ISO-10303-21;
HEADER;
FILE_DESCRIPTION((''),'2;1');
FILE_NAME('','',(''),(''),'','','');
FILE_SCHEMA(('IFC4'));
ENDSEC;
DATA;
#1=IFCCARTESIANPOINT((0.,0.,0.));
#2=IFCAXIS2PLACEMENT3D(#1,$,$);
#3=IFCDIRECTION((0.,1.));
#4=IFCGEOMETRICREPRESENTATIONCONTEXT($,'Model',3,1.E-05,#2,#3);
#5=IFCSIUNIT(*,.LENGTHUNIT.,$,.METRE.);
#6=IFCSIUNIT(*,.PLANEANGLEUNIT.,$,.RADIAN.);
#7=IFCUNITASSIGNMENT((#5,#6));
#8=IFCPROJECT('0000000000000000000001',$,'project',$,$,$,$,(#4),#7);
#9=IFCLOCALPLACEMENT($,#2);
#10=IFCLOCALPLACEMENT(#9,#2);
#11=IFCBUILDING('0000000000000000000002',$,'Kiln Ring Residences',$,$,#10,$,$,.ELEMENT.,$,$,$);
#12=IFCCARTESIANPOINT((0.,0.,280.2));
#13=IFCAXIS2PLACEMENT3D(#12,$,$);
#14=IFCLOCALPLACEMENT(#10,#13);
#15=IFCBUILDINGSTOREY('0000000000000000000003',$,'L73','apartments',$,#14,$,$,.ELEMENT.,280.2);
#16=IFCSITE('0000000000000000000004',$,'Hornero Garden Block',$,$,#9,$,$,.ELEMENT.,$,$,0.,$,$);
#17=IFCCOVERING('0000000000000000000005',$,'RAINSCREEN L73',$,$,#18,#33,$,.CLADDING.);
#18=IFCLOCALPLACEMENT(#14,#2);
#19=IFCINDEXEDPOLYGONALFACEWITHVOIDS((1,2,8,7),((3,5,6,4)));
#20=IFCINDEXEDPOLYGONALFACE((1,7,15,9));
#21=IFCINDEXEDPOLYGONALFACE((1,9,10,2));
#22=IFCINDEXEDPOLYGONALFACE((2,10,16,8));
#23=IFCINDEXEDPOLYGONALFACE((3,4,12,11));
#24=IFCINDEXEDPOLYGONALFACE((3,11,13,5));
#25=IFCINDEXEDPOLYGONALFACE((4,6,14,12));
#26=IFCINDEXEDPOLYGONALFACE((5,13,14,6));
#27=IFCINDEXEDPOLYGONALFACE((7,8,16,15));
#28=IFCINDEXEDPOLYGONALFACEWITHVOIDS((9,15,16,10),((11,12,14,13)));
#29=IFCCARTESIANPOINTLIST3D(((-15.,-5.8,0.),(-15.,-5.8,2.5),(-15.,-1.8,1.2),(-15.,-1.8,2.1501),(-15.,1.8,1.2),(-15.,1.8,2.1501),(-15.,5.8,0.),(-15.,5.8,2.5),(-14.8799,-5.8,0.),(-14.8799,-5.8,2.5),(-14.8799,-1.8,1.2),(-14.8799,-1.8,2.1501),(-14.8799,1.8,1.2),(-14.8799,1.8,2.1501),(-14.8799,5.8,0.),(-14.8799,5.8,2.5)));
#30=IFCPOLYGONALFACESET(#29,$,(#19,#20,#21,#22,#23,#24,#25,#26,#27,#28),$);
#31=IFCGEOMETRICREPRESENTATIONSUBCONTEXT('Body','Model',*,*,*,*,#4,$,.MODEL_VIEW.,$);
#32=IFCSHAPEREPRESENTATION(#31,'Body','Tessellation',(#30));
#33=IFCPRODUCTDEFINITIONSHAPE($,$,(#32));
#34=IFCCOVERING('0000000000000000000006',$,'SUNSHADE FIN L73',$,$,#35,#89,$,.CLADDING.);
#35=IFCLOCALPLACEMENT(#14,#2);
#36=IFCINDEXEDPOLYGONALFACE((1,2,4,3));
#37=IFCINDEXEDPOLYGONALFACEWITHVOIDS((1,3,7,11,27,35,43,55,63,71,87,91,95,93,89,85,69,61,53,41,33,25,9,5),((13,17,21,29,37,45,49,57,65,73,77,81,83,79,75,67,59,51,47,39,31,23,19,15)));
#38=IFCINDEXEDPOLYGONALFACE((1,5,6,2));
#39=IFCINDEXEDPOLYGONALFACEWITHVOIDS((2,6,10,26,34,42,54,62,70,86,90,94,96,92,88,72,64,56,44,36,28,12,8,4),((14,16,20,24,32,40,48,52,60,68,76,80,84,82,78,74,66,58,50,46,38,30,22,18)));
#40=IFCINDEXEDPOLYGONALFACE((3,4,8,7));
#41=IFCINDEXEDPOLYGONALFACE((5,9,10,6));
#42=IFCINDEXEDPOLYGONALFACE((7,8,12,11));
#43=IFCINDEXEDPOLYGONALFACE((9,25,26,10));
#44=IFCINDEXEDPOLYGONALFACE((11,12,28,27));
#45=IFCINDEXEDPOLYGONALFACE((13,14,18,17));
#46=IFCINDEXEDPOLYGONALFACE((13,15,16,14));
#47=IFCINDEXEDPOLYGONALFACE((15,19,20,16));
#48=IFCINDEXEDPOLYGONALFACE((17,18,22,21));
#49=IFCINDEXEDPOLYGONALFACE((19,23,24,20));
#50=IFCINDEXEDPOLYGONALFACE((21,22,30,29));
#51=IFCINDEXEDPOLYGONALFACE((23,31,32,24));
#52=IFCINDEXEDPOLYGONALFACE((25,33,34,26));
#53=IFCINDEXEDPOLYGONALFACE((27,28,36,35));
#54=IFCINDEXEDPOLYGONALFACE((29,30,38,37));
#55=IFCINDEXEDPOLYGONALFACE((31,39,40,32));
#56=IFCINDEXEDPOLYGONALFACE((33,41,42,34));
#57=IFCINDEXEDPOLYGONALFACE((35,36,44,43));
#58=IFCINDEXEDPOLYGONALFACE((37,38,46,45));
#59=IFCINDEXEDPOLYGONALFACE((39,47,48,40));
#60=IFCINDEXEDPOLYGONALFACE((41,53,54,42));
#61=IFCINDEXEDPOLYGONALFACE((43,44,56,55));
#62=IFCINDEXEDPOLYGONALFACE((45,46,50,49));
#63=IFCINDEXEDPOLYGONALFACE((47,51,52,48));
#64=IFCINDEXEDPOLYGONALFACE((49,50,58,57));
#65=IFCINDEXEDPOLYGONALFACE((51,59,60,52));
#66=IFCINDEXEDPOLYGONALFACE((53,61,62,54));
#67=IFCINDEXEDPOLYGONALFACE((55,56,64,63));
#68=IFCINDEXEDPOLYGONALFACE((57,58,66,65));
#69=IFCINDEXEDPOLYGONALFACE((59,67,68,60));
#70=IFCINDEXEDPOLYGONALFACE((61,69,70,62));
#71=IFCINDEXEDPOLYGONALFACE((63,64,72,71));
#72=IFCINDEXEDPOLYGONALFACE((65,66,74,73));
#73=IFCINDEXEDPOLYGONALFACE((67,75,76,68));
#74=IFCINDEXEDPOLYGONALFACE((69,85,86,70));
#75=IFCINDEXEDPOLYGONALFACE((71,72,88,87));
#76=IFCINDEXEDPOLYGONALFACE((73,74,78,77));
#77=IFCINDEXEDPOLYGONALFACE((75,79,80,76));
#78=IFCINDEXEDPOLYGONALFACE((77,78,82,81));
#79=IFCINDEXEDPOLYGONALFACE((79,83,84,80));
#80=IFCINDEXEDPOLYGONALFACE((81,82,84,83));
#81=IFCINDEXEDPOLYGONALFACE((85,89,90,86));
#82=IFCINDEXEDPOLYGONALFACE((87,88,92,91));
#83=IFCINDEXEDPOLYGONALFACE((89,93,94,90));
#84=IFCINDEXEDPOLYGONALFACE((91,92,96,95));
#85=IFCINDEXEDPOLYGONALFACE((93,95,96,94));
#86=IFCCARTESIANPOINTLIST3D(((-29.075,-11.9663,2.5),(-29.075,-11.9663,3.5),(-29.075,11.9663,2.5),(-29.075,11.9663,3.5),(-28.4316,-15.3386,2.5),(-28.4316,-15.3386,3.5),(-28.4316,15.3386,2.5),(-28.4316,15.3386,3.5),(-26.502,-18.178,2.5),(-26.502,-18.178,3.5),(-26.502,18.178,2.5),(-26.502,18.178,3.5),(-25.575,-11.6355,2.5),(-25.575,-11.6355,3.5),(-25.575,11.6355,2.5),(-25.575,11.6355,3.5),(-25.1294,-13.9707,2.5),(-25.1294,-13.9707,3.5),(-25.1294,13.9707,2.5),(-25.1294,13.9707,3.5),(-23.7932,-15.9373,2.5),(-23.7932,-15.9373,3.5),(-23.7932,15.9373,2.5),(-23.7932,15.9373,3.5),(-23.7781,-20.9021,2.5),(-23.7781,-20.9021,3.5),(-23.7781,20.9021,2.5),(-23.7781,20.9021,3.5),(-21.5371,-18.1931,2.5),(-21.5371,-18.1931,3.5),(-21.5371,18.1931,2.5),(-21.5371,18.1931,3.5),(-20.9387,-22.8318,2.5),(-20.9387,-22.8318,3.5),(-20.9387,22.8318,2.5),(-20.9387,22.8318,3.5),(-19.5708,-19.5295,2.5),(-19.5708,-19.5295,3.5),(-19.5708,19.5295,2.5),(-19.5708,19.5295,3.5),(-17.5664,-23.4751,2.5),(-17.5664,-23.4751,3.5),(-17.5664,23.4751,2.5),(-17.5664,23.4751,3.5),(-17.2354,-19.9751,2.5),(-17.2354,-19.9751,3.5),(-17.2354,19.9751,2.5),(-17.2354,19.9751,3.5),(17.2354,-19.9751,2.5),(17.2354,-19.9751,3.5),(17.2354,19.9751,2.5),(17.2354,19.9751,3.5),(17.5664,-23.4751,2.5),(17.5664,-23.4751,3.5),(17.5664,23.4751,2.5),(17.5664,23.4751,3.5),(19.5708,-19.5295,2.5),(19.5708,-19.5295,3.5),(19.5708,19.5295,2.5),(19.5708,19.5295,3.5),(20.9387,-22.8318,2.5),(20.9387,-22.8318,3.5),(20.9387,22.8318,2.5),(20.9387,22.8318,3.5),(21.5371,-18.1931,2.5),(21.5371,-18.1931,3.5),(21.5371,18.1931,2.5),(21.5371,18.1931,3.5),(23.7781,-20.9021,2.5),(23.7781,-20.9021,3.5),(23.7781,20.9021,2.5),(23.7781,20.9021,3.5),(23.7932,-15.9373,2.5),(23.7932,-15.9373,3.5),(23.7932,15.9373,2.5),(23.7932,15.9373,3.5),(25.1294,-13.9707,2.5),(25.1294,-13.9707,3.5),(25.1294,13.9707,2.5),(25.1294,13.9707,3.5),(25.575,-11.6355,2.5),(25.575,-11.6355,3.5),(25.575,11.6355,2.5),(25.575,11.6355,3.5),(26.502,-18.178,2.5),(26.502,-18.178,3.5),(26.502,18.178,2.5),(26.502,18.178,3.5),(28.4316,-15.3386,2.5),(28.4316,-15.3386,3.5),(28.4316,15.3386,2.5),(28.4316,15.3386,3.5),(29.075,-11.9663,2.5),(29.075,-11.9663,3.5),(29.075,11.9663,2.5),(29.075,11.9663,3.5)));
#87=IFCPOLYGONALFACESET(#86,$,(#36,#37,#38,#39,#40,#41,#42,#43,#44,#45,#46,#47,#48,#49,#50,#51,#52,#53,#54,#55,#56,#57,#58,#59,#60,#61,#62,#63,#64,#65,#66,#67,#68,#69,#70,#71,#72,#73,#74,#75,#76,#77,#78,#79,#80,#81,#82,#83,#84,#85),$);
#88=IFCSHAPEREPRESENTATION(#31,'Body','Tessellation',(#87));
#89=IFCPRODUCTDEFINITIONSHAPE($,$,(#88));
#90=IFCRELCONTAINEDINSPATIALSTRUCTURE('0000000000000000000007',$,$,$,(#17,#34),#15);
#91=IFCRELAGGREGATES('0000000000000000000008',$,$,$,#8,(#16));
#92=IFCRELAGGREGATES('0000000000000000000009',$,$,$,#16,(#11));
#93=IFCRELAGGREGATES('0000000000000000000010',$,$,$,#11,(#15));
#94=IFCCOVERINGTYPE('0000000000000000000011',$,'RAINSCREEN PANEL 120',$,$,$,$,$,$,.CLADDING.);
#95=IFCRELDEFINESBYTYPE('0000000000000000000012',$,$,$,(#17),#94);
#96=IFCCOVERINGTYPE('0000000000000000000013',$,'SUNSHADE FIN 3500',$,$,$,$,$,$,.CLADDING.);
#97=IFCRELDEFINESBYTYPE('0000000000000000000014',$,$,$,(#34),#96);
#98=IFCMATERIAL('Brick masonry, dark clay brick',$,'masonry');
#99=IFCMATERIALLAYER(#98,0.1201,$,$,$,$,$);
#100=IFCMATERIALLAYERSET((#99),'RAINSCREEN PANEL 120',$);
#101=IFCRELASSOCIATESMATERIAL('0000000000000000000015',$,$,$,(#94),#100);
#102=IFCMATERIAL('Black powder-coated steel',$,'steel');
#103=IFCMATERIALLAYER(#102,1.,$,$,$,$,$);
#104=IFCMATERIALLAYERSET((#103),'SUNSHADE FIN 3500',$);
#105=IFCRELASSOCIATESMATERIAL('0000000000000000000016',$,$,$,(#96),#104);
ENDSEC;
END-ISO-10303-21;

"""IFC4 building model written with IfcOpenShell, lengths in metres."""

from ifc_helpers import new_model, si_unit, direction, frame, origin, place, context, subcontext, project, spatial, polyline, outline, extrude, material, layer, layer_set, type_object, element, save


model = new_model("IFC4")

# Units and contexts
model_context = context("Model", 3, precision=1e-05, world=origin(), true_north=direction((0.0, 1.0)))
body_context = subcontext(model_context, "Body", "Model", "MODEL_VIEW")
ifc_project = project(units=[si_unit("LENGTHUNIT", "METRE"), si_unit("PLANEANGLEUNIT", "RADIAN")], contexts=[model_context])

# Site, building, storey
site_placement = place(None, origin())
site = spatial("IfcSite", under=ifc_project, at=site_placement, Name="Hornero Garden Block", CompositionType="ELEMENT", RefElevation=0.0)
building_placement = place(site_placement, origin())
building = spatial("IfcBuilding", under=site, at=building_placement, Name="Kiln Ring Residences", CompositionType="ELEMENT")
storey_placement = place(building_placement, frame((0.0, 0.0, 280.2)))
storey = spatial("IfcBuildingStorey", under=building, at=storey_placement, Name="L73", Description="apartments", CompositionType="ELEMENT", Elevation=280.2)

# Coverings
ifc_material_1 = material(Name="Brick masonry, dark clay brick", Category="masonry")
ifc_layer_1 = layer(ifc_material_1, 0.1201)
ifc_layer_set_1 = layer_set([ifc_layer_1], Name="RAINSCREEN PANEL 120")
covering_type_1 = type_object("IfcCoveringType", Name="RAINSCREEN PANEL 120", PredefinedType="CLADDING", material=ifc_layer_set_1)
covering_1_placement = place(storey_placement, frame((-14.9399, -5.8, 0.0), z_axis=(0.0, 0.0, 1.0), x_axis=(0.0, 1.0, 0.0)))
element("IfcCovering", 1, at=covering_1_placement, inside=storey, type_object=covering_type_1, Name="RAINSCREEN L73", PredefinedType="CLADDING", context=body_context, shape_type="SweptSolid", body=[
    extrude(outline(polyline([(0.0, 0.0), (11.6001, 0.0), (11.6001, 2.5), (0.0, 2.5), (0.0, 0.0)]), holes=[polyline([(4.0, 2.1501), (4.0, 1.2), (7.6001, 1.2), (7.6001, 2.1501), (4.0, 2.1501)])]), frame((0.0, 0.0601, 0.0), z_axis=(0.0, -1.0, 0.0), x_axis=(1.0, 0.0, 0.0)), (0.0, 0.0, 1.0), 0.1201),
])
ifc_material_2 = material(Name="Black powder-coated steel", Category="steel")
ifc_layer_2 = layer(ifc_material_2, 1.0)
ifc_layer_set_2 = layer_set([ifc_layer_2], Name="SUNSHADE FIN 3500")
covering_type_2 = type_object("IfcCoveringType", Name="SUNSHADE FIN 3500", PredefinedType="CLADDING", material=ifc_layer_set_2)
covering_2_placement = place(storey_placement, frame((0.0, 0.0, 2.5)))
element("IfcCovering", 2, at=covering_2_placement, inside=storey, type_object=covering_type_2, Name="SUNSHADE FIN L73", PredefinedType="CLADDING", context=body_context, shape_type="SweptSolid", body=[
    extrude(outline(polyline([(-28.4316, -15.3386), (-26.502, -18.178), (-23.7781, -20.9021), (-20.9387, -22.8318), (-17.5664, -23.4751), (17.5664, -23.4751), (20.9387, -22.8318), (23.7781, -20.9021), (26.502, -18.178), (28.4316, -15.3386), (29.075, -11.9663), (29.075, 11.9663), (28.4316, 15.3386), (26.502, 18.178), (23.7781, 20.9021), (20.9387, 22.8318), (17.5664, 23.4751), (-17.5664, 23.4751), (-20.9387, 22.8318), (-23.7781, 20.9021), (-26.502, 18.178), (-28.4316, 15.3386), (-29.075, 11.9663), (-29.075, -11.9663), (-28.4316, -15.3386)]), holes=[polyline([(-21.5371, -18.1931), (-23.7932, -15.9373), (-25.1294, -13.9707), (-25.575, -11.6355), (-25.575, 11.6355), (-25.1294, 13.9707), (-23.7932, 15.9373), (-21.5371, 18.1931), (-19.5708, 19.5295), (-17.2354, 19.9751), (17.2354, 19.9751), (19.5708, 19.5295), (21.5371, 18.1931), (23.7932, 15.9373), (25.1294, 13.9707), (25.575, 11.6355), (25.575, -11.6355), (25.1294, -13.9707), (23.7932, -15.9373), (21.5371, -18.1931), (19.5708, -19.5295), (17.2354, -19.9751), (-17.2354, -19.9751), (-19.5708, -19.5295), (-21.5371, -18.1931)])]), origin(), (0.0, 0.0, 1.0), 1.0),
])

save(model, "model.ifc")
